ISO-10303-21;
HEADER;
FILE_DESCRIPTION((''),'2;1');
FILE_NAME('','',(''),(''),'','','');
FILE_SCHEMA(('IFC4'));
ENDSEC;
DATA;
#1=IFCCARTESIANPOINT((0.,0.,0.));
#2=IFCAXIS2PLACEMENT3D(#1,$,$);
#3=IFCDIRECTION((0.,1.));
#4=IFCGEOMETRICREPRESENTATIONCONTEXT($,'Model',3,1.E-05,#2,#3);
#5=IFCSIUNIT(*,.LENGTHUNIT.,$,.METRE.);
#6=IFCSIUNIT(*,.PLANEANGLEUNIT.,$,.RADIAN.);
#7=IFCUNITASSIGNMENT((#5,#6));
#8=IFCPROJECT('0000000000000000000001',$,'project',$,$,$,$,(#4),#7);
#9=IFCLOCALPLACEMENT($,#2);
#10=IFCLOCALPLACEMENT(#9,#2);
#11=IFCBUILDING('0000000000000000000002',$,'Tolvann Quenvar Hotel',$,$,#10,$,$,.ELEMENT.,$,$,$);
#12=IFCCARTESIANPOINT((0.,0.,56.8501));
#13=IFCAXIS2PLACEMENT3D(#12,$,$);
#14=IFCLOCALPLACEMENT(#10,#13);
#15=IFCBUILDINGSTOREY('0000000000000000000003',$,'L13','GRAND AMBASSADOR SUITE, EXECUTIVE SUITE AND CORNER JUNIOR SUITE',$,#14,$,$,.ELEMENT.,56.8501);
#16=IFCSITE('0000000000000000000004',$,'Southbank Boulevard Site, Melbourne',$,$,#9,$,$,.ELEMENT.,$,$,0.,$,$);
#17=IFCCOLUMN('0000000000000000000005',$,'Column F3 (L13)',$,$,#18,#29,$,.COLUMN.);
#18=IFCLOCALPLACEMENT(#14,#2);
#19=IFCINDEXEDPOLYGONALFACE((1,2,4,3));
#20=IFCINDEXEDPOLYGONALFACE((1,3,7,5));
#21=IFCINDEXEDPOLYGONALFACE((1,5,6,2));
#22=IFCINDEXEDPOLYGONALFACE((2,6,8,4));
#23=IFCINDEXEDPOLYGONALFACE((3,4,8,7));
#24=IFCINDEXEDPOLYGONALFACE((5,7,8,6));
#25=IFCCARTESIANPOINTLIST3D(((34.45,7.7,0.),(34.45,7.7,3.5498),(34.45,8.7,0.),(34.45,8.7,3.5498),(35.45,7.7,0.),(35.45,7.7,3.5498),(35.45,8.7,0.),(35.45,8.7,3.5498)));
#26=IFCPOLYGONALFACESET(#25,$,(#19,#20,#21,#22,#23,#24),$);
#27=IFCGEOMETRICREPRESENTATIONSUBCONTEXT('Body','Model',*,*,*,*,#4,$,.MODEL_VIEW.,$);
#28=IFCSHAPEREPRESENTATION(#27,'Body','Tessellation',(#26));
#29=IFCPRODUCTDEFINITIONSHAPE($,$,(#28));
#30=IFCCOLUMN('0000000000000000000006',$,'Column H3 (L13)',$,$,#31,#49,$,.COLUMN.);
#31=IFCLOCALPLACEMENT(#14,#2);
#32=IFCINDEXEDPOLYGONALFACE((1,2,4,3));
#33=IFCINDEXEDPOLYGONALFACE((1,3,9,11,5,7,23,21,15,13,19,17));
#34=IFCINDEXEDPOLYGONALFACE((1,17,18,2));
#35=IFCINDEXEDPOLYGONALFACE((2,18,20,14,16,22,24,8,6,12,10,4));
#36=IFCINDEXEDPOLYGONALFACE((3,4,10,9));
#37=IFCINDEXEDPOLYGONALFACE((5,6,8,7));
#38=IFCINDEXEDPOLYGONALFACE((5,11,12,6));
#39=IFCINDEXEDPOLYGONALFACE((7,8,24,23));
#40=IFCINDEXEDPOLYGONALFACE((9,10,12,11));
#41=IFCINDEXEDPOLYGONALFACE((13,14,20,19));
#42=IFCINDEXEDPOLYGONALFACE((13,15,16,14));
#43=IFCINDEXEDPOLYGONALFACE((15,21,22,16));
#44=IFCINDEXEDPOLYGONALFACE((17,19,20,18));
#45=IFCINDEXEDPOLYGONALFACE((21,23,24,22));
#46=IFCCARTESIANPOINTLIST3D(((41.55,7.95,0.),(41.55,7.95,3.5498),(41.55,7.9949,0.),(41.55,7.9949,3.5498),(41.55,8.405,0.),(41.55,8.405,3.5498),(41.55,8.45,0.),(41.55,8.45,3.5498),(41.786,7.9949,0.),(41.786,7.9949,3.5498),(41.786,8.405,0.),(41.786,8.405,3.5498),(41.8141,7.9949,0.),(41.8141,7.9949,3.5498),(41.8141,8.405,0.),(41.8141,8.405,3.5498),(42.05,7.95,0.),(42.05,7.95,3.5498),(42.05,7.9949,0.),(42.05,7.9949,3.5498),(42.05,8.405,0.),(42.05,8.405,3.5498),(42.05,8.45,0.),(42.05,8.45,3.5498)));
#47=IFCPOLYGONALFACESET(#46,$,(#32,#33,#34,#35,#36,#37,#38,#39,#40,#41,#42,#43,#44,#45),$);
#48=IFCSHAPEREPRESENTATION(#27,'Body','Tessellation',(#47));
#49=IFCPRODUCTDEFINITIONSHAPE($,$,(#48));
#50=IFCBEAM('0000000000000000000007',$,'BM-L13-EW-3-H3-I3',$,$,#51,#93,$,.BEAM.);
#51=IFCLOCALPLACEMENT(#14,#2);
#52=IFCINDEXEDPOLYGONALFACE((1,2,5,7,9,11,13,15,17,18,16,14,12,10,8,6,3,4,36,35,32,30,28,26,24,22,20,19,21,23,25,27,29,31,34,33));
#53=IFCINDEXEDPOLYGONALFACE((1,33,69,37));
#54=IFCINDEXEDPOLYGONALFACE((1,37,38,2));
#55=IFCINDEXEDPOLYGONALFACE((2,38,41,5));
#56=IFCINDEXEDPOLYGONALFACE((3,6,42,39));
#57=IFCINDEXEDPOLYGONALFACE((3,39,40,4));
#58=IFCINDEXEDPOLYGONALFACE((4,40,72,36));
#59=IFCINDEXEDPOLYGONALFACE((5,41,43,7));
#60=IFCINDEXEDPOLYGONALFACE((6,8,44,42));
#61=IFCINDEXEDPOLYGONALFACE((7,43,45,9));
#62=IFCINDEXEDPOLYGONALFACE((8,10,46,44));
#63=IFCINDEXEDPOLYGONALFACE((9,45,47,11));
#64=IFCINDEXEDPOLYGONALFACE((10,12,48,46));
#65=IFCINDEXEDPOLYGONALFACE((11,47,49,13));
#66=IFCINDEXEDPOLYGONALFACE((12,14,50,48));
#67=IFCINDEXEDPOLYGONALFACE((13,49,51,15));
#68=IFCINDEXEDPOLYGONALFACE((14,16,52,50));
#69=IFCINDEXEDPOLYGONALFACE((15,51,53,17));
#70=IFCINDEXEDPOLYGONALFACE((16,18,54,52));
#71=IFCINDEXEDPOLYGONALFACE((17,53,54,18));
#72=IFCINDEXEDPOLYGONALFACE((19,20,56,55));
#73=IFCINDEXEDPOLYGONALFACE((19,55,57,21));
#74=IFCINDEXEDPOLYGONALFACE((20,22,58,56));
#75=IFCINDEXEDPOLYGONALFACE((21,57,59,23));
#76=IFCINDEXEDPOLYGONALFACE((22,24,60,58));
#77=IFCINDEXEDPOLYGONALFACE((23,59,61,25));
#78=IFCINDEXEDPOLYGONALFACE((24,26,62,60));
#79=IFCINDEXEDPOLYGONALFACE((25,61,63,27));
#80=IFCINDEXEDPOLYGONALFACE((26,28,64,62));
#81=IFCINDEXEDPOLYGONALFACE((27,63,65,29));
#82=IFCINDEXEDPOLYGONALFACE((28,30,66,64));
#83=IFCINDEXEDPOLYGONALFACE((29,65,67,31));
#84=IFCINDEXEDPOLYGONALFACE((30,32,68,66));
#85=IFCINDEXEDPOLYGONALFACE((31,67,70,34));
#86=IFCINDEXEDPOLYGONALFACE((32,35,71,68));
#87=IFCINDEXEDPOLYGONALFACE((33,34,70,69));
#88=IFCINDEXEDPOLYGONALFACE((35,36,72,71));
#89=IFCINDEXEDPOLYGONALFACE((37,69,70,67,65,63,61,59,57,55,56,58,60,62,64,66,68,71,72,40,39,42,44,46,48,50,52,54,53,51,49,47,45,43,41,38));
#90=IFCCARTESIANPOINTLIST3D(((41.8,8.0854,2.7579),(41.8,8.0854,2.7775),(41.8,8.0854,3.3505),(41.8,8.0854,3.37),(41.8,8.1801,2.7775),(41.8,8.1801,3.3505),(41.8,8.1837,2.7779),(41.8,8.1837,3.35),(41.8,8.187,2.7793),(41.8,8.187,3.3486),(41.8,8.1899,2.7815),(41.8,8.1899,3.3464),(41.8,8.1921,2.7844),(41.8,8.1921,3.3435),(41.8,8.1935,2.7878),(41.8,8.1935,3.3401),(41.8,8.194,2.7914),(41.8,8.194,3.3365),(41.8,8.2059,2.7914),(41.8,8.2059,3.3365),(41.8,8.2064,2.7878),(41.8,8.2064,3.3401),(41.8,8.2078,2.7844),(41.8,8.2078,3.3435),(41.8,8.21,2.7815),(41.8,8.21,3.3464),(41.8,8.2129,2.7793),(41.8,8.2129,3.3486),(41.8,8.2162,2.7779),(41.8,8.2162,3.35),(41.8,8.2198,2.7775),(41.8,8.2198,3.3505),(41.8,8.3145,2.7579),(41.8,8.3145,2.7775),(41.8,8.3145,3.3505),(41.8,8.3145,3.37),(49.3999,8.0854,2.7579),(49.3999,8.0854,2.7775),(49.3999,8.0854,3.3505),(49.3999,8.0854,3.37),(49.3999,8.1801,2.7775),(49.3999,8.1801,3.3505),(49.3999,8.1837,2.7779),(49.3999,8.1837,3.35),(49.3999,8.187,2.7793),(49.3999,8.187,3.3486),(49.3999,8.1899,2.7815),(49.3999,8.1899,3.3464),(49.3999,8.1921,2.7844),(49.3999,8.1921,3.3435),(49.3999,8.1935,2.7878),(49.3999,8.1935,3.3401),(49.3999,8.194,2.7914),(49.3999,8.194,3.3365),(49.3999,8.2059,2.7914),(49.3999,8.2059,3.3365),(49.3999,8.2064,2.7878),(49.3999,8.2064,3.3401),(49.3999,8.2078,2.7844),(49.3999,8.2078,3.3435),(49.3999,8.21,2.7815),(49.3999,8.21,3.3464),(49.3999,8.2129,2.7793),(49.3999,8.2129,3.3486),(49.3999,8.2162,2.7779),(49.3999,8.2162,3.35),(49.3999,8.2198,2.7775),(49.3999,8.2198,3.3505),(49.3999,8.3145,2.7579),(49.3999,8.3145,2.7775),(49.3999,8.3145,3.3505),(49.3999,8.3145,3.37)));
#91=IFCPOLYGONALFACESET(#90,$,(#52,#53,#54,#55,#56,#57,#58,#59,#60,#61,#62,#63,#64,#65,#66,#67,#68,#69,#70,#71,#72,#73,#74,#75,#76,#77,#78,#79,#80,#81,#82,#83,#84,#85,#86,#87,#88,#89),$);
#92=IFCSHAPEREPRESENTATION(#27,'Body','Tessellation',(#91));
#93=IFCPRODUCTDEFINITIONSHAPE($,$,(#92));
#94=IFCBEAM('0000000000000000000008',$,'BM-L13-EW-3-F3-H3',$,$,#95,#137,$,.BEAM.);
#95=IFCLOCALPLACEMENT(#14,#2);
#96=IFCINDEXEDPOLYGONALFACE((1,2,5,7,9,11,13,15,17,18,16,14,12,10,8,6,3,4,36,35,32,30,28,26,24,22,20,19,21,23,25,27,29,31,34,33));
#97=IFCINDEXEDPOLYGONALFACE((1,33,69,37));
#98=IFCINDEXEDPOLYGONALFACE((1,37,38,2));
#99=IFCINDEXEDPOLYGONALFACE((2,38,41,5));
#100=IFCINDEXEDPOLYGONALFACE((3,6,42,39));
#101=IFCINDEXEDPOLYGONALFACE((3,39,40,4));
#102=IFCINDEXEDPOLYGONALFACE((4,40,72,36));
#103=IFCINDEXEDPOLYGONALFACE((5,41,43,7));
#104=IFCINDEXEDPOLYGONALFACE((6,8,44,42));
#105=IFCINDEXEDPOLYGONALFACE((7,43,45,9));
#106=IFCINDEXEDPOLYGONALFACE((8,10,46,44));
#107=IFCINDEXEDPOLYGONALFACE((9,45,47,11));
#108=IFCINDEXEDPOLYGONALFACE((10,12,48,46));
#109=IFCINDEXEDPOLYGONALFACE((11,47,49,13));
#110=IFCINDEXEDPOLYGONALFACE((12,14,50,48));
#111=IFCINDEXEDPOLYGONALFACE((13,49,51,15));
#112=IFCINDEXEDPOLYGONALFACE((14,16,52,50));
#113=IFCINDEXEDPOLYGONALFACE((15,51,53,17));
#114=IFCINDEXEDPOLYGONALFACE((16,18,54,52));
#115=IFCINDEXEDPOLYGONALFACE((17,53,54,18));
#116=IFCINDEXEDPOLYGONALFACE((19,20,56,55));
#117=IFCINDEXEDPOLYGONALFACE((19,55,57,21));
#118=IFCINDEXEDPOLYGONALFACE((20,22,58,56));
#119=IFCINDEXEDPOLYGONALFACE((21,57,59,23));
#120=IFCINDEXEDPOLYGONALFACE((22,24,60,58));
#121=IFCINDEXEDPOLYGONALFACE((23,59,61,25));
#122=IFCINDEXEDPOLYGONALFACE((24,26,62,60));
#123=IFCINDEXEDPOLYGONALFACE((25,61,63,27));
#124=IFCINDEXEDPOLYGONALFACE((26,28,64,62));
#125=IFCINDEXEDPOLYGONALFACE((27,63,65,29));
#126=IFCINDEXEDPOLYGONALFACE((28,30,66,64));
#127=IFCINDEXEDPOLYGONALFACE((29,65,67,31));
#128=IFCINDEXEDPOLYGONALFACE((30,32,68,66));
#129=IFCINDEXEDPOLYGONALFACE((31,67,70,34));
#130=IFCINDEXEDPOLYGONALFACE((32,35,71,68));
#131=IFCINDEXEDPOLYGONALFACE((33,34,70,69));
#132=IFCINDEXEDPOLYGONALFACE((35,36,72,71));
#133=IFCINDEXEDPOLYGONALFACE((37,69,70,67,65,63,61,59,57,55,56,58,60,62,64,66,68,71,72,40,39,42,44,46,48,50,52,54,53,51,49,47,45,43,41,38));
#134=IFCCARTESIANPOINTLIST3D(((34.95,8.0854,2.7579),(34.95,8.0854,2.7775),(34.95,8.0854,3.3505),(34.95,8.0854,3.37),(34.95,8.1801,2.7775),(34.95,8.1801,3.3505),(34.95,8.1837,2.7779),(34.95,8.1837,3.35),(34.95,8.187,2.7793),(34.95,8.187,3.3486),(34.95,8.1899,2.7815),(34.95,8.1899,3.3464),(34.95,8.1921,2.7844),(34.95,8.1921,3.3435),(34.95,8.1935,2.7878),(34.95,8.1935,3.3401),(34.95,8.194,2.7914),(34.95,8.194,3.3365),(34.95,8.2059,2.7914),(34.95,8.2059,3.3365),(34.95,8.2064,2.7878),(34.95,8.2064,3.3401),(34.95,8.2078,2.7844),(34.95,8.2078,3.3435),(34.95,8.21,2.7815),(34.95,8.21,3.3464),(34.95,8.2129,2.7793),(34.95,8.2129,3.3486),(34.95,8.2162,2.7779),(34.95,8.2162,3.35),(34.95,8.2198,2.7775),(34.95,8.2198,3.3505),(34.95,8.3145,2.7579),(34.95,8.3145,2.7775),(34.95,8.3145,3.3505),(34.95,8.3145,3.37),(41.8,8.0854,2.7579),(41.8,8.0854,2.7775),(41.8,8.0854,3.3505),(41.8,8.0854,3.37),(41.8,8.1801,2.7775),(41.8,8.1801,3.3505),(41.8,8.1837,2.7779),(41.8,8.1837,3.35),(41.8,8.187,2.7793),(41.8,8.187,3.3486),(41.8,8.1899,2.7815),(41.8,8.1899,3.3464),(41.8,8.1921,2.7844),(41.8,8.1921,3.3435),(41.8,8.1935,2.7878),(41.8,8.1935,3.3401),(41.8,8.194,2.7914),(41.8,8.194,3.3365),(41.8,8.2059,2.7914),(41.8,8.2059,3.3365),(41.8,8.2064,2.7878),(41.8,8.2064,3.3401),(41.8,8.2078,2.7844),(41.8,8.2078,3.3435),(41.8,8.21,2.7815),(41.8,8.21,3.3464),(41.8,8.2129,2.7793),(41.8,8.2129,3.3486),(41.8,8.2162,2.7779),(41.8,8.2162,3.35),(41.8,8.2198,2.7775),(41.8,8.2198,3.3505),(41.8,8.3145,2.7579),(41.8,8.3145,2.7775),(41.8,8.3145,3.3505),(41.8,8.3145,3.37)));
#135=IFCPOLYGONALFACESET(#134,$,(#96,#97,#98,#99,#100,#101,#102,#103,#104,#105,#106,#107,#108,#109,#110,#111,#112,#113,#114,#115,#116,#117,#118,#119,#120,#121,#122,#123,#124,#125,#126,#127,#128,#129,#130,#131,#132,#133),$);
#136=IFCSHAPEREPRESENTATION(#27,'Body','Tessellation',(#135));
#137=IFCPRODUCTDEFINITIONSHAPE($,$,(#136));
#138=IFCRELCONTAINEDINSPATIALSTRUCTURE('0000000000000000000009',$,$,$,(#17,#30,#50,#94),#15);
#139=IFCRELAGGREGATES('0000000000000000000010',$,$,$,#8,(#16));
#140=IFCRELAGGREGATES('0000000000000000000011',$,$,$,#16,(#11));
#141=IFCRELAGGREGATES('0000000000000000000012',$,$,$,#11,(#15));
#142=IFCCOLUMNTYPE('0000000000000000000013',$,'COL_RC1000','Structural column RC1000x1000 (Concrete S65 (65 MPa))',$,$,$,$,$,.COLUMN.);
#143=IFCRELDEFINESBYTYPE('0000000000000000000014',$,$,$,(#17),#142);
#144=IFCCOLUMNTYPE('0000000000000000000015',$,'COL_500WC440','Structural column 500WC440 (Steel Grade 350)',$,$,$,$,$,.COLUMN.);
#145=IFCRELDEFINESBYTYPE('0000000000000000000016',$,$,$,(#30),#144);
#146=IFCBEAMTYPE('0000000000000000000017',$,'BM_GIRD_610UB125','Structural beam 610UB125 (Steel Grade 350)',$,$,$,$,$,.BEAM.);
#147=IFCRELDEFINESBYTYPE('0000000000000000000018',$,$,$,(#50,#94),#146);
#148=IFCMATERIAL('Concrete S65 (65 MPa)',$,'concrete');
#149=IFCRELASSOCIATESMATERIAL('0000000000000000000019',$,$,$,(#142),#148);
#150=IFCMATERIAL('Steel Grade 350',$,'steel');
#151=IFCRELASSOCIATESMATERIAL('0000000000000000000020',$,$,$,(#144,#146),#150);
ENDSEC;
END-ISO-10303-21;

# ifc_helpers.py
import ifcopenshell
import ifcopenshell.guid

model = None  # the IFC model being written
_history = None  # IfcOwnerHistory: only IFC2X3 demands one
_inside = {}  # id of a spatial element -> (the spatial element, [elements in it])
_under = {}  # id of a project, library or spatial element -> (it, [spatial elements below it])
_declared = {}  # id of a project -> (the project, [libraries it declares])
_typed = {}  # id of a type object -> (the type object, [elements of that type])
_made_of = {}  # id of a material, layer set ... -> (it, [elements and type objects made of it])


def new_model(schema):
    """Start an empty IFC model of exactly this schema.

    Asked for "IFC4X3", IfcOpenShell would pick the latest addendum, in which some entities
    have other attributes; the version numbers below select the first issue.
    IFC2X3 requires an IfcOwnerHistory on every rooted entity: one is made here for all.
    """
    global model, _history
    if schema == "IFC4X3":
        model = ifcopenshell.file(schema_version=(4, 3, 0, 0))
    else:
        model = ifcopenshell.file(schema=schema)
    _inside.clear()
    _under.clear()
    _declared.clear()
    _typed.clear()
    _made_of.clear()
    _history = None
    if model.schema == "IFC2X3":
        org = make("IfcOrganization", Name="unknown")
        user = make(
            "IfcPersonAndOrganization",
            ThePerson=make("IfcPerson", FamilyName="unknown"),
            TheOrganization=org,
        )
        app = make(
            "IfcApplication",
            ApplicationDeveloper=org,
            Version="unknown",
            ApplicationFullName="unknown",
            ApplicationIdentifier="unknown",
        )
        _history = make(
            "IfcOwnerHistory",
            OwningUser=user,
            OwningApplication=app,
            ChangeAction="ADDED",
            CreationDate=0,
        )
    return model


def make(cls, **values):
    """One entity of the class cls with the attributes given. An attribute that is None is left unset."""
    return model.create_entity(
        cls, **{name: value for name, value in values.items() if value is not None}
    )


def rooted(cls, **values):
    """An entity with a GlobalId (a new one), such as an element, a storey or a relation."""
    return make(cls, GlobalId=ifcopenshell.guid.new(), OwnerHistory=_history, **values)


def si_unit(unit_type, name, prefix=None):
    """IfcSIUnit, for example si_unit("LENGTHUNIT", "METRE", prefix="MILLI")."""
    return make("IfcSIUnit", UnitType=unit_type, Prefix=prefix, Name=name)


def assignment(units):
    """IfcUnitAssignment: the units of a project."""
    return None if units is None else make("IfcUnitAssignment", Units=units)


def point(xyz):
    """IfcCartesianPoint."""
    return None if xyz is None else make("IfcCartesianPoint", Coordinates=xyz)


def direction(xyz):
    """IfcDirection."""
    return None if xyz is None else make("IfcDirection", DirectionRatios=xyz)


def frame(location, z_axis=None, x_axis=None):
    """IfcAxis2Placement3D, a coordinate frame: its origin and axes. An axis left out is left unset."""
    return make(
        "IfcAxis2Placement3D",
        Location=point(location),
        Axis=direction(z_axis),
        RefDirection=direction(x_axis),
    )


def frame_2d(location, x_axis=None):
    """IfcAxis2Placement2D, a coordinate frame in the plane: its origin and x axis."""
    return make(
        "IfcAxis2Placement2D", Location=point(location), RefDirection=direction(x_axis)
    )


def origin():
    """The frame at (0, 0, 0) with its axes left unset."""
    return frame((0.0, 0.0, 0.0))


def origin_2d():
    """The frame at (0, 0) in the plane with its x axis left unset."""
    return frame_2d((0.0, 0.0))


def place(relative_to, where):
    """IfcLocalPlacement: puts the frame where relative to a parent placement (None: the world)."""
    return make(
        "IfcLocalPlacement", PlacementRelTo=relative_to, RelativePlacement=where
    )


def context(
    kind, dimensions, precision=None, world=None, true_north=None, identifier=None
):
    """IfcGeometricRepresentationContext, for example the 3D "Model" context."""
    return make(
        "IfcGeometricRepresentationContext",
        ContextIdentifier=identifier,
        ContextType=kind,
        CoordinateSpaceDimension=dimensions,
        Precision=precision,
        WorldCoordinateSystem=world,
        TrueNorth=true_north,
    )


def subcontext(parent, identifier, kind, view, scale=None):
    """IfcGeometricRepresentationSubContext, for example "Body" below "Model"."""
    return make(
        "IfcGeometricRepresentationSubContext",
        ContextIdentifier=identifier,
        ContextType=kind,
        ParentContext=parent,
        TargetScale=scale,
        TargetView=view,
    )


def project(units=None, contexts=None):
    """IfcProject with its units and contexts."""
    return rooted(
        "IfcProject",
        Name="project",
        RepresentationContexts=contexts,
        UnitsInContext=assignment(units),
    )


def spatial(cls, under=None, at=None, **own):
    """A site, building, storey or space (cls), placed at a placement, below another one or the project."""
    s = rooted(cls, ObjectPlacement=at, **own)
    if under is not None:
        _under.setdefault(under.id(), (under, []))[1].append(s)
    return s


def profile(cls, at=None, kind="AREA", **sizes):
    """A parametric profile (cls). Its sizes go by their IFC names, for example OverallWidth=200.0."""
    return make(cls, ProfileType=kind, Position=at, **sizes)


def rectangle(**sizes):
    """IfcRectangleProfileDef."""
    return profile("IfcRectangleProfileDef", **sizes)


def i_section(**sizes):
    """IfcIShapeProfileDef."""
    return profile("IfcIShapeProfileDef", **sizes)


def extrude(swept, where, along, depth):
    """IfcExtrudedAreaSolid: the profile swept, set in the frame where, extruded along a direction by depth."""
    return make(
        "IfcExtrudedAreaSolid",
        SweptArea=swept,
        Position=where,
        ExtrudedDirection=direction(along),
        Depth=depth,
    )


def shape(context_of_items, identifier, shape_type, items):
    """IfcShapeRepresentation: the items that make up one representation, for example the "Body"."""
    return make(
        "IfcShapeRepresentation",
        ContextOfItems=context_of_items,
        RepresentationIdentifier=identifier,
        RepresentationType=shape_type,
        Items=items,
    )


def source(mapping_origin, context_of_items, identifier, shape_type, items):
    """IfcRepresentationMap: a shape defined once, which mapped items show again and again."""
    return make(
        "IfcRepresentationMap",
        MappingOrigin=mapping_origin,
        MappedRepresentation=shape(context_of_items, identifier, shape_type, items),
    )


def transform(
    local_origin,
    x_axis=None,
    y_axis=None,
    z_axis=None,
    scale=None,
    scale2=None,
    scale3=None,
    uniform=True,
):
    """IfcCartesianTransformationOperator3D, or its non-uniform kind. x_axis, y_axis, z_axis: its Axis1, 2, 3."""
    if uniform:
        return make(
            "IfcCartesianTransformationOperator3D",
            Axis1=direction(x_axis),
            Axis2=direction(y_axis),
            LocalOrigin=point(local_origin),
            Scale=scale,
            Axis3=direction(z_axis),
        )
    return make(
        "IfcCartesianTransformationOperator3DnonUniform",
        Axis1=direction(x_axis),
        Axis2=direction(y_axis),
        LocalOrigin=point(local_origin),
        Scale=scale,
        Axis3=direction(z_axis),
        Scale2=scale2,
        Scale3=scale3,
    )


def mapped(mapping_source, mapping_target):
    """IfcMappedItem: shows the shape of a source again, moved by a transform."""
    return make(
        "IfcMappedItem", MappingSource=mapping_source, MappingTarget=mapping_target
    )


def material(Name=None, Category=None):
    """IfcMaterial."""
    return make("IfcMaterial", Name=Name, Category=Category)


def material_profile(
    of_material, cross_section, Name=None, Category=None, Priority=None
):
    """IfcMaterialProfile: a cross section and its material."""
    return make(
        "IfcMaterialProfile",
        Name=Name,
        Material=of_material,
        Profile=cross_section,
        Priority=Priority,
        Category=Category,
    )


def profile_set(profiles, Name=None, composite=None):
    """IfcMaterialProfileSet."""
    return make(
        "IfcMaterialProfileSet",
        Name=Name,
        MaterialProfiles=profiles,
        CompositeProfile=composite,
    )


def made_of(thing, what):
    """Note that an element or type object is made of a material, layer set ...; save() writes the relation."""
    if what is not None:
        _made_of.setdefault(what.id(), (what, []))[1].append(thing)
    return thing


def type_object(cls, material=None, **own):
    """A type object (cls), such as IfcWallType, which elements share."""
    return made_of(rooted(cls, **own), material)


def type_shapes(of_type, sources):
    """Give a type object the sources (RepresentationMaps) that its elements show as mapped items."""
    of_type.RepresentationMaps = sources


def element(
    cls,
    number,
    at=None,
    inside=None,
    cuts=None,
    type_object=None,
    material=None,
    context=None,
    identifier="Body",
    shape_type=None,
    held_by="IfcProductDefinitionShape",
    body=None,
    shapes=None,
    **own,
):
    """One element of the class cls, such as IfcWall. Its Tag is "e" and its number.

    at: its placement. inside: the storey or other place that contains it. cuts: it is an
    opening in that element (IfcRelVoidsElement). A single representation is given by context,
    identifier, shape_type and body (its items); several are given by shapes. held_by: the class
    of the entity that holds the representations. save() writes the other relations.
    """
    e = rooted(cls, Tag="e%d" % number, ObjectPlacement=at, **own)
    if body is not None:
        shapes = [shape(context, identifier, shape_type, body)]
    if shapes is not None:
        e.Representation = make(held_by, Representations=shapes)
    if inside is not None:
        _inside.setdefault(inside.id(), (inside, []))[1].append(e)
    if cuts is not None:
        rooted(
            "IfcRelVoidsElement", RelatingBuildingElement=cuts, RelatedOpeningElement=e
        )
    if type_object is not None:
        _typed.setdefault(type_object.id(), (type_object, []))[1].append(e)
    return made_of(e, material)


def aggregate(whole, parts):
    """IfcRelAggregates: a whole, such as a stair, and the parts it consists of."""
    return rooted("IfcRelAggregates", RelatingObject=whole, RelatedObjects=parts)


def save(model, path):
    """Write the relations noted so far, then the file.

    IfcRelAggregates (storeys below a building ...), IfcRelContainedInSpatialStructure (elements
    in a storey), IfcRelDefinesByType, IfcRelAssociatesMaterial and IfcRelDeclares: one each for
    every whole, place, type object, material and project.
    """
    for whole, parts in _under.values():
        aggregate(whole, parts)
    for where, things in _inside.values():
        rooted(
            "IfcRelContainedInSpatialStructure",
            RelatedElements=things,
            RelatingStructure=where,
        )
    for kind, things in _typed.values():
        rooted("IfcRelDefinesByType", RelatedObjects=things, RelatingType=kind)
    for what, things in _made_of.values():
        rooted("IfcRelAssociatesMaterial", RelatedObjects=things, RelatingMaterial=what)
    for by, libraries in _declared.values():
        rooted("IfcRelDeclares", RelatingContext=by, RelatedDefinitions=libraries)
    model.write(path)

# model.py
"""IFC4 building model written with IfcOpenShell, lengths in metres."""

from ifc_helpers import new_model, si_unit, direction, frame, origin, origin_2d, place, context, subcontext, project, spatial, rectangle, i_section, extrude, source, transform, mapped, material, material_profile, profile_set, type_object, type_shapes, element, save


model = new_model("IFC4")

# Units and contexts
model_context = context("Model", 3, precision=1e-05, world=origin(), true_north=direction((0.0, 1.0)))
body_context = subcontext(model_context, "Body", "Model", "MODEL_VIEW")
ifc_project = project(units=[si_unit("LENGTHUNIT", "METRE"), si_unit("PLANEANGLEUNIT", "RADIAN")], contexts=[model_context])

# Site, building, storey
site_placement = place(None, origin())
site = spatial("IfcSite", under=ifc_project, at=site_placement, Name="Southbank Boulevard Site, Melbourne", CompositionType="ELEMENT", RefElevation=0.0)
building_placement = place(site_placement, origin())
building = spatial("IfcBuilding", under=site, at=building_placement, Name="Tolvann Quenvar Hotel", CompositionType="ELEMENT")
storey_placement = place(building_placement, frame((0.0, 0.0, 56.8501)))
storey = spatial("IfcBuildingStorey", under=building, at=storey_placement, Name="L13", Description="GRAND AMBASSADOR SUITE, EXECUTIVE SUITE AND CORNER JUNIOR SUITE", CompositionType="ELEMENT", Elevation=56.8501)

# Columns
ifc_material_1 = material(Name="Concrete S65 (65 MPa)", Category="concrete")
ifc_material_profile_1 = material_profile(ifc_material_1, rectangle(XDim=1.0, YDim=1.0, at=origin_2d()), Name="RC1000x1000")
ifc_profile_set_1 = profile_set([ifc_material_profile_1], Name="Concrete S65 (65 MPa)")
column_type_1 = type_object("IfcColumnType", Name="COL_RC1000", Description="Structural column RC1000x1000 (Concrete S65 (65 MPa))", PredefinedType="COLUMN", material=ifc_profile_set_1)
shared_shape_1 = source(origin(), body_context, "Body", "SweptSolid", [
    extrude(rectangle(XDim=1.0, YDim=1.0, at=origin_2d()), origin(), (0.0, 0.0, 1.0), 3.5498),
])
type_shapes(column_type_1, [shared_shape_1])
column_1_placement = place(storey_placement, frame((34.95, 8.2, 0.0), z_axis=(0.0, 0.0, 1.0), x_axis=(1.0, 0.0, 0.0)))
element("IfcColumn", 1, at=column_1_placement, inside=storey, type_object=column_type_1, Name="Column F3 (L13)", PredefinedType="COLUMN", context=body_context, shape_type="MappedRepresentation", body=[
    mapped(shared_shape_1, transform((0.0, 0.0, 0.0), x_axis=(1.0, 0.0, 0.0), y_axis=(0.0, 1.0, 0.0), z_axis=(0.0, 0.0, 1.0), scale=1.0)),
])
ifc_material_2 = material(Name="Steel Grade 350", Category="steel")
ifc_material_profile_2 = material_profile(ifc_material_2, i_section(OverallWidth=0.5, OverallDepth=0.5, WebThickness=0.0281, FlangeThickness=0.0449, at=origin_2d()), Name="500WC440")
ifc_profile_set_2 = profile_set([ifc_material_profile_2], Name="Steel Grade 350")
column_type_2 = type_object("IfcColumnType", Name="COL_500WC440", Description="Structural column 500WC440 (Steel Grade 350)", PredefinedType="COLUMN", material=ifc_profile_set_2)
shared_shape_2 = source(origin(), body_context, "Body", "SweptSolid", [
    extrude(i_section(OverallWidth=0.5, OverallDepth=0.5, WebThickness=0.0281, FlangeThickness=0.0449, at=origin_2d()), origin(), (0.0, 0.0, 1.0), 3.5498),
])
type_shapes(column_type_2, [shared_shape_2])
column_2_placement = place(storey_placement, frame((41.8, 8.2, 0.0), z_axis=(0.0, 0.0, 1.0), x_axis=(1.0, 0.0, 0.0)))
element("IfcColumn", 2, at=column_2_placement, inside=storey, type_object=column_type_2, Name="Column H3 (L13)", PredefinedType="COLUMN", context=body_context, shape_type="MappedRepresentation", body=[
    mapped(shared_shape_2, transform((0.0, 0.0, 0.0), x_axis=(1.0, 0.0, 0.0), y_axis=(0.0, 1.0, 0.0), z_axis=(0.0, 0.0, 1.0), scale=1.0)),
])

# Beams
ifc_material_profile_3 = material_profile(ifc_material_2, i_section(OverallWidth=0.229, OverallDepth=0.6121, WebThickness=0.012, FlangeThickness=0.0195, FilletRadius=0.0139, at=origin_2d()), Name="610UB125")
ifc_profile_set_3 = profile_set([ifc_material_profile_3], Name="Steel Grade 350")
beam_type_1 = type_object("IfcBeamType", Name="BM_GIRD_610UB125", Description="Structural beam 610UB125 (Steel Grade 350)", PredefinedType="BEAM", material=ifc_profile_set_3)
shared_shape_3 = source(origin(), body_context, "Body", "SweptSolid", [
    extrude(i_section(OverallWidth=0.229, OverallDepth=0.6121, WebThickness=0.012, FlangeThickness=0.0195, FilletRadius=0.0139, at=origin_2d()), origin(), (0.0, 0.0, 1.0), 7.5999),
])
beam_1_placement = place(storey_placement, frame((41.8, 8.2, 3.064), z_axis=(1.0, 0.0, 0.0), x_axis=(0.0, 1.0, 0.0)))
element("IfcBeam", 3, at=beam_1_placement, inside=storey, type_object=beam_type_1, Name="BM-L13-EW-3-H3-I3", PredefinedType="BEAM", context=body_context, shape_type="MappedRepresentation", body=[
    mapped(shared_shape_3, transform((0.0, 0.0, 0.0), x_axis=(1.0, 0.0, 0.0), y_axis=(0.0, 1.0, 0.0), z_axis=(0.0, 0.0, 1.0), scale=1.0)),
])
shared_shape_4 = source(origin(), body_context, "Body", "SweptSolid", [
    extrude(i_section(OverallWidth=0.229, OverallDepth=0.6121, WebThickness=0.012, FlangeThickness=0.0195, FilletRadius=0.0139, at=origin_2d()), origin(), (0.0, 0.0, 1.0), 6.8501),
])
type_shapes(beam_type_1, [shared_shape_3, shared_shape_4])
beam_2_placement = place(storey_placement, frame((34.95, 8.2, 3.064), z_axis=(1.0, 0.0, 0.0), x_axis=(0.0, 1.0, 0.0)))
element("IfcBeam", 4, at=beam_2_placement, inside=storey, type_object=beam_type_1, Name="BM-L13-EW-3-F3-H3", PredefinedType="BEAM", context=body_context, shape_type="MappedRepresentation", body=[
    mapped(shared_shape_4, transform((0.0, 0.0, 0.0), x_axis=(1.0, 0.0, 0.0), y_axis=(0.0, 1.0, 0.0), z_axis=(0.0, 0.0, 1.0), scale=1.0)),
])

save(model, "model.ifc")
